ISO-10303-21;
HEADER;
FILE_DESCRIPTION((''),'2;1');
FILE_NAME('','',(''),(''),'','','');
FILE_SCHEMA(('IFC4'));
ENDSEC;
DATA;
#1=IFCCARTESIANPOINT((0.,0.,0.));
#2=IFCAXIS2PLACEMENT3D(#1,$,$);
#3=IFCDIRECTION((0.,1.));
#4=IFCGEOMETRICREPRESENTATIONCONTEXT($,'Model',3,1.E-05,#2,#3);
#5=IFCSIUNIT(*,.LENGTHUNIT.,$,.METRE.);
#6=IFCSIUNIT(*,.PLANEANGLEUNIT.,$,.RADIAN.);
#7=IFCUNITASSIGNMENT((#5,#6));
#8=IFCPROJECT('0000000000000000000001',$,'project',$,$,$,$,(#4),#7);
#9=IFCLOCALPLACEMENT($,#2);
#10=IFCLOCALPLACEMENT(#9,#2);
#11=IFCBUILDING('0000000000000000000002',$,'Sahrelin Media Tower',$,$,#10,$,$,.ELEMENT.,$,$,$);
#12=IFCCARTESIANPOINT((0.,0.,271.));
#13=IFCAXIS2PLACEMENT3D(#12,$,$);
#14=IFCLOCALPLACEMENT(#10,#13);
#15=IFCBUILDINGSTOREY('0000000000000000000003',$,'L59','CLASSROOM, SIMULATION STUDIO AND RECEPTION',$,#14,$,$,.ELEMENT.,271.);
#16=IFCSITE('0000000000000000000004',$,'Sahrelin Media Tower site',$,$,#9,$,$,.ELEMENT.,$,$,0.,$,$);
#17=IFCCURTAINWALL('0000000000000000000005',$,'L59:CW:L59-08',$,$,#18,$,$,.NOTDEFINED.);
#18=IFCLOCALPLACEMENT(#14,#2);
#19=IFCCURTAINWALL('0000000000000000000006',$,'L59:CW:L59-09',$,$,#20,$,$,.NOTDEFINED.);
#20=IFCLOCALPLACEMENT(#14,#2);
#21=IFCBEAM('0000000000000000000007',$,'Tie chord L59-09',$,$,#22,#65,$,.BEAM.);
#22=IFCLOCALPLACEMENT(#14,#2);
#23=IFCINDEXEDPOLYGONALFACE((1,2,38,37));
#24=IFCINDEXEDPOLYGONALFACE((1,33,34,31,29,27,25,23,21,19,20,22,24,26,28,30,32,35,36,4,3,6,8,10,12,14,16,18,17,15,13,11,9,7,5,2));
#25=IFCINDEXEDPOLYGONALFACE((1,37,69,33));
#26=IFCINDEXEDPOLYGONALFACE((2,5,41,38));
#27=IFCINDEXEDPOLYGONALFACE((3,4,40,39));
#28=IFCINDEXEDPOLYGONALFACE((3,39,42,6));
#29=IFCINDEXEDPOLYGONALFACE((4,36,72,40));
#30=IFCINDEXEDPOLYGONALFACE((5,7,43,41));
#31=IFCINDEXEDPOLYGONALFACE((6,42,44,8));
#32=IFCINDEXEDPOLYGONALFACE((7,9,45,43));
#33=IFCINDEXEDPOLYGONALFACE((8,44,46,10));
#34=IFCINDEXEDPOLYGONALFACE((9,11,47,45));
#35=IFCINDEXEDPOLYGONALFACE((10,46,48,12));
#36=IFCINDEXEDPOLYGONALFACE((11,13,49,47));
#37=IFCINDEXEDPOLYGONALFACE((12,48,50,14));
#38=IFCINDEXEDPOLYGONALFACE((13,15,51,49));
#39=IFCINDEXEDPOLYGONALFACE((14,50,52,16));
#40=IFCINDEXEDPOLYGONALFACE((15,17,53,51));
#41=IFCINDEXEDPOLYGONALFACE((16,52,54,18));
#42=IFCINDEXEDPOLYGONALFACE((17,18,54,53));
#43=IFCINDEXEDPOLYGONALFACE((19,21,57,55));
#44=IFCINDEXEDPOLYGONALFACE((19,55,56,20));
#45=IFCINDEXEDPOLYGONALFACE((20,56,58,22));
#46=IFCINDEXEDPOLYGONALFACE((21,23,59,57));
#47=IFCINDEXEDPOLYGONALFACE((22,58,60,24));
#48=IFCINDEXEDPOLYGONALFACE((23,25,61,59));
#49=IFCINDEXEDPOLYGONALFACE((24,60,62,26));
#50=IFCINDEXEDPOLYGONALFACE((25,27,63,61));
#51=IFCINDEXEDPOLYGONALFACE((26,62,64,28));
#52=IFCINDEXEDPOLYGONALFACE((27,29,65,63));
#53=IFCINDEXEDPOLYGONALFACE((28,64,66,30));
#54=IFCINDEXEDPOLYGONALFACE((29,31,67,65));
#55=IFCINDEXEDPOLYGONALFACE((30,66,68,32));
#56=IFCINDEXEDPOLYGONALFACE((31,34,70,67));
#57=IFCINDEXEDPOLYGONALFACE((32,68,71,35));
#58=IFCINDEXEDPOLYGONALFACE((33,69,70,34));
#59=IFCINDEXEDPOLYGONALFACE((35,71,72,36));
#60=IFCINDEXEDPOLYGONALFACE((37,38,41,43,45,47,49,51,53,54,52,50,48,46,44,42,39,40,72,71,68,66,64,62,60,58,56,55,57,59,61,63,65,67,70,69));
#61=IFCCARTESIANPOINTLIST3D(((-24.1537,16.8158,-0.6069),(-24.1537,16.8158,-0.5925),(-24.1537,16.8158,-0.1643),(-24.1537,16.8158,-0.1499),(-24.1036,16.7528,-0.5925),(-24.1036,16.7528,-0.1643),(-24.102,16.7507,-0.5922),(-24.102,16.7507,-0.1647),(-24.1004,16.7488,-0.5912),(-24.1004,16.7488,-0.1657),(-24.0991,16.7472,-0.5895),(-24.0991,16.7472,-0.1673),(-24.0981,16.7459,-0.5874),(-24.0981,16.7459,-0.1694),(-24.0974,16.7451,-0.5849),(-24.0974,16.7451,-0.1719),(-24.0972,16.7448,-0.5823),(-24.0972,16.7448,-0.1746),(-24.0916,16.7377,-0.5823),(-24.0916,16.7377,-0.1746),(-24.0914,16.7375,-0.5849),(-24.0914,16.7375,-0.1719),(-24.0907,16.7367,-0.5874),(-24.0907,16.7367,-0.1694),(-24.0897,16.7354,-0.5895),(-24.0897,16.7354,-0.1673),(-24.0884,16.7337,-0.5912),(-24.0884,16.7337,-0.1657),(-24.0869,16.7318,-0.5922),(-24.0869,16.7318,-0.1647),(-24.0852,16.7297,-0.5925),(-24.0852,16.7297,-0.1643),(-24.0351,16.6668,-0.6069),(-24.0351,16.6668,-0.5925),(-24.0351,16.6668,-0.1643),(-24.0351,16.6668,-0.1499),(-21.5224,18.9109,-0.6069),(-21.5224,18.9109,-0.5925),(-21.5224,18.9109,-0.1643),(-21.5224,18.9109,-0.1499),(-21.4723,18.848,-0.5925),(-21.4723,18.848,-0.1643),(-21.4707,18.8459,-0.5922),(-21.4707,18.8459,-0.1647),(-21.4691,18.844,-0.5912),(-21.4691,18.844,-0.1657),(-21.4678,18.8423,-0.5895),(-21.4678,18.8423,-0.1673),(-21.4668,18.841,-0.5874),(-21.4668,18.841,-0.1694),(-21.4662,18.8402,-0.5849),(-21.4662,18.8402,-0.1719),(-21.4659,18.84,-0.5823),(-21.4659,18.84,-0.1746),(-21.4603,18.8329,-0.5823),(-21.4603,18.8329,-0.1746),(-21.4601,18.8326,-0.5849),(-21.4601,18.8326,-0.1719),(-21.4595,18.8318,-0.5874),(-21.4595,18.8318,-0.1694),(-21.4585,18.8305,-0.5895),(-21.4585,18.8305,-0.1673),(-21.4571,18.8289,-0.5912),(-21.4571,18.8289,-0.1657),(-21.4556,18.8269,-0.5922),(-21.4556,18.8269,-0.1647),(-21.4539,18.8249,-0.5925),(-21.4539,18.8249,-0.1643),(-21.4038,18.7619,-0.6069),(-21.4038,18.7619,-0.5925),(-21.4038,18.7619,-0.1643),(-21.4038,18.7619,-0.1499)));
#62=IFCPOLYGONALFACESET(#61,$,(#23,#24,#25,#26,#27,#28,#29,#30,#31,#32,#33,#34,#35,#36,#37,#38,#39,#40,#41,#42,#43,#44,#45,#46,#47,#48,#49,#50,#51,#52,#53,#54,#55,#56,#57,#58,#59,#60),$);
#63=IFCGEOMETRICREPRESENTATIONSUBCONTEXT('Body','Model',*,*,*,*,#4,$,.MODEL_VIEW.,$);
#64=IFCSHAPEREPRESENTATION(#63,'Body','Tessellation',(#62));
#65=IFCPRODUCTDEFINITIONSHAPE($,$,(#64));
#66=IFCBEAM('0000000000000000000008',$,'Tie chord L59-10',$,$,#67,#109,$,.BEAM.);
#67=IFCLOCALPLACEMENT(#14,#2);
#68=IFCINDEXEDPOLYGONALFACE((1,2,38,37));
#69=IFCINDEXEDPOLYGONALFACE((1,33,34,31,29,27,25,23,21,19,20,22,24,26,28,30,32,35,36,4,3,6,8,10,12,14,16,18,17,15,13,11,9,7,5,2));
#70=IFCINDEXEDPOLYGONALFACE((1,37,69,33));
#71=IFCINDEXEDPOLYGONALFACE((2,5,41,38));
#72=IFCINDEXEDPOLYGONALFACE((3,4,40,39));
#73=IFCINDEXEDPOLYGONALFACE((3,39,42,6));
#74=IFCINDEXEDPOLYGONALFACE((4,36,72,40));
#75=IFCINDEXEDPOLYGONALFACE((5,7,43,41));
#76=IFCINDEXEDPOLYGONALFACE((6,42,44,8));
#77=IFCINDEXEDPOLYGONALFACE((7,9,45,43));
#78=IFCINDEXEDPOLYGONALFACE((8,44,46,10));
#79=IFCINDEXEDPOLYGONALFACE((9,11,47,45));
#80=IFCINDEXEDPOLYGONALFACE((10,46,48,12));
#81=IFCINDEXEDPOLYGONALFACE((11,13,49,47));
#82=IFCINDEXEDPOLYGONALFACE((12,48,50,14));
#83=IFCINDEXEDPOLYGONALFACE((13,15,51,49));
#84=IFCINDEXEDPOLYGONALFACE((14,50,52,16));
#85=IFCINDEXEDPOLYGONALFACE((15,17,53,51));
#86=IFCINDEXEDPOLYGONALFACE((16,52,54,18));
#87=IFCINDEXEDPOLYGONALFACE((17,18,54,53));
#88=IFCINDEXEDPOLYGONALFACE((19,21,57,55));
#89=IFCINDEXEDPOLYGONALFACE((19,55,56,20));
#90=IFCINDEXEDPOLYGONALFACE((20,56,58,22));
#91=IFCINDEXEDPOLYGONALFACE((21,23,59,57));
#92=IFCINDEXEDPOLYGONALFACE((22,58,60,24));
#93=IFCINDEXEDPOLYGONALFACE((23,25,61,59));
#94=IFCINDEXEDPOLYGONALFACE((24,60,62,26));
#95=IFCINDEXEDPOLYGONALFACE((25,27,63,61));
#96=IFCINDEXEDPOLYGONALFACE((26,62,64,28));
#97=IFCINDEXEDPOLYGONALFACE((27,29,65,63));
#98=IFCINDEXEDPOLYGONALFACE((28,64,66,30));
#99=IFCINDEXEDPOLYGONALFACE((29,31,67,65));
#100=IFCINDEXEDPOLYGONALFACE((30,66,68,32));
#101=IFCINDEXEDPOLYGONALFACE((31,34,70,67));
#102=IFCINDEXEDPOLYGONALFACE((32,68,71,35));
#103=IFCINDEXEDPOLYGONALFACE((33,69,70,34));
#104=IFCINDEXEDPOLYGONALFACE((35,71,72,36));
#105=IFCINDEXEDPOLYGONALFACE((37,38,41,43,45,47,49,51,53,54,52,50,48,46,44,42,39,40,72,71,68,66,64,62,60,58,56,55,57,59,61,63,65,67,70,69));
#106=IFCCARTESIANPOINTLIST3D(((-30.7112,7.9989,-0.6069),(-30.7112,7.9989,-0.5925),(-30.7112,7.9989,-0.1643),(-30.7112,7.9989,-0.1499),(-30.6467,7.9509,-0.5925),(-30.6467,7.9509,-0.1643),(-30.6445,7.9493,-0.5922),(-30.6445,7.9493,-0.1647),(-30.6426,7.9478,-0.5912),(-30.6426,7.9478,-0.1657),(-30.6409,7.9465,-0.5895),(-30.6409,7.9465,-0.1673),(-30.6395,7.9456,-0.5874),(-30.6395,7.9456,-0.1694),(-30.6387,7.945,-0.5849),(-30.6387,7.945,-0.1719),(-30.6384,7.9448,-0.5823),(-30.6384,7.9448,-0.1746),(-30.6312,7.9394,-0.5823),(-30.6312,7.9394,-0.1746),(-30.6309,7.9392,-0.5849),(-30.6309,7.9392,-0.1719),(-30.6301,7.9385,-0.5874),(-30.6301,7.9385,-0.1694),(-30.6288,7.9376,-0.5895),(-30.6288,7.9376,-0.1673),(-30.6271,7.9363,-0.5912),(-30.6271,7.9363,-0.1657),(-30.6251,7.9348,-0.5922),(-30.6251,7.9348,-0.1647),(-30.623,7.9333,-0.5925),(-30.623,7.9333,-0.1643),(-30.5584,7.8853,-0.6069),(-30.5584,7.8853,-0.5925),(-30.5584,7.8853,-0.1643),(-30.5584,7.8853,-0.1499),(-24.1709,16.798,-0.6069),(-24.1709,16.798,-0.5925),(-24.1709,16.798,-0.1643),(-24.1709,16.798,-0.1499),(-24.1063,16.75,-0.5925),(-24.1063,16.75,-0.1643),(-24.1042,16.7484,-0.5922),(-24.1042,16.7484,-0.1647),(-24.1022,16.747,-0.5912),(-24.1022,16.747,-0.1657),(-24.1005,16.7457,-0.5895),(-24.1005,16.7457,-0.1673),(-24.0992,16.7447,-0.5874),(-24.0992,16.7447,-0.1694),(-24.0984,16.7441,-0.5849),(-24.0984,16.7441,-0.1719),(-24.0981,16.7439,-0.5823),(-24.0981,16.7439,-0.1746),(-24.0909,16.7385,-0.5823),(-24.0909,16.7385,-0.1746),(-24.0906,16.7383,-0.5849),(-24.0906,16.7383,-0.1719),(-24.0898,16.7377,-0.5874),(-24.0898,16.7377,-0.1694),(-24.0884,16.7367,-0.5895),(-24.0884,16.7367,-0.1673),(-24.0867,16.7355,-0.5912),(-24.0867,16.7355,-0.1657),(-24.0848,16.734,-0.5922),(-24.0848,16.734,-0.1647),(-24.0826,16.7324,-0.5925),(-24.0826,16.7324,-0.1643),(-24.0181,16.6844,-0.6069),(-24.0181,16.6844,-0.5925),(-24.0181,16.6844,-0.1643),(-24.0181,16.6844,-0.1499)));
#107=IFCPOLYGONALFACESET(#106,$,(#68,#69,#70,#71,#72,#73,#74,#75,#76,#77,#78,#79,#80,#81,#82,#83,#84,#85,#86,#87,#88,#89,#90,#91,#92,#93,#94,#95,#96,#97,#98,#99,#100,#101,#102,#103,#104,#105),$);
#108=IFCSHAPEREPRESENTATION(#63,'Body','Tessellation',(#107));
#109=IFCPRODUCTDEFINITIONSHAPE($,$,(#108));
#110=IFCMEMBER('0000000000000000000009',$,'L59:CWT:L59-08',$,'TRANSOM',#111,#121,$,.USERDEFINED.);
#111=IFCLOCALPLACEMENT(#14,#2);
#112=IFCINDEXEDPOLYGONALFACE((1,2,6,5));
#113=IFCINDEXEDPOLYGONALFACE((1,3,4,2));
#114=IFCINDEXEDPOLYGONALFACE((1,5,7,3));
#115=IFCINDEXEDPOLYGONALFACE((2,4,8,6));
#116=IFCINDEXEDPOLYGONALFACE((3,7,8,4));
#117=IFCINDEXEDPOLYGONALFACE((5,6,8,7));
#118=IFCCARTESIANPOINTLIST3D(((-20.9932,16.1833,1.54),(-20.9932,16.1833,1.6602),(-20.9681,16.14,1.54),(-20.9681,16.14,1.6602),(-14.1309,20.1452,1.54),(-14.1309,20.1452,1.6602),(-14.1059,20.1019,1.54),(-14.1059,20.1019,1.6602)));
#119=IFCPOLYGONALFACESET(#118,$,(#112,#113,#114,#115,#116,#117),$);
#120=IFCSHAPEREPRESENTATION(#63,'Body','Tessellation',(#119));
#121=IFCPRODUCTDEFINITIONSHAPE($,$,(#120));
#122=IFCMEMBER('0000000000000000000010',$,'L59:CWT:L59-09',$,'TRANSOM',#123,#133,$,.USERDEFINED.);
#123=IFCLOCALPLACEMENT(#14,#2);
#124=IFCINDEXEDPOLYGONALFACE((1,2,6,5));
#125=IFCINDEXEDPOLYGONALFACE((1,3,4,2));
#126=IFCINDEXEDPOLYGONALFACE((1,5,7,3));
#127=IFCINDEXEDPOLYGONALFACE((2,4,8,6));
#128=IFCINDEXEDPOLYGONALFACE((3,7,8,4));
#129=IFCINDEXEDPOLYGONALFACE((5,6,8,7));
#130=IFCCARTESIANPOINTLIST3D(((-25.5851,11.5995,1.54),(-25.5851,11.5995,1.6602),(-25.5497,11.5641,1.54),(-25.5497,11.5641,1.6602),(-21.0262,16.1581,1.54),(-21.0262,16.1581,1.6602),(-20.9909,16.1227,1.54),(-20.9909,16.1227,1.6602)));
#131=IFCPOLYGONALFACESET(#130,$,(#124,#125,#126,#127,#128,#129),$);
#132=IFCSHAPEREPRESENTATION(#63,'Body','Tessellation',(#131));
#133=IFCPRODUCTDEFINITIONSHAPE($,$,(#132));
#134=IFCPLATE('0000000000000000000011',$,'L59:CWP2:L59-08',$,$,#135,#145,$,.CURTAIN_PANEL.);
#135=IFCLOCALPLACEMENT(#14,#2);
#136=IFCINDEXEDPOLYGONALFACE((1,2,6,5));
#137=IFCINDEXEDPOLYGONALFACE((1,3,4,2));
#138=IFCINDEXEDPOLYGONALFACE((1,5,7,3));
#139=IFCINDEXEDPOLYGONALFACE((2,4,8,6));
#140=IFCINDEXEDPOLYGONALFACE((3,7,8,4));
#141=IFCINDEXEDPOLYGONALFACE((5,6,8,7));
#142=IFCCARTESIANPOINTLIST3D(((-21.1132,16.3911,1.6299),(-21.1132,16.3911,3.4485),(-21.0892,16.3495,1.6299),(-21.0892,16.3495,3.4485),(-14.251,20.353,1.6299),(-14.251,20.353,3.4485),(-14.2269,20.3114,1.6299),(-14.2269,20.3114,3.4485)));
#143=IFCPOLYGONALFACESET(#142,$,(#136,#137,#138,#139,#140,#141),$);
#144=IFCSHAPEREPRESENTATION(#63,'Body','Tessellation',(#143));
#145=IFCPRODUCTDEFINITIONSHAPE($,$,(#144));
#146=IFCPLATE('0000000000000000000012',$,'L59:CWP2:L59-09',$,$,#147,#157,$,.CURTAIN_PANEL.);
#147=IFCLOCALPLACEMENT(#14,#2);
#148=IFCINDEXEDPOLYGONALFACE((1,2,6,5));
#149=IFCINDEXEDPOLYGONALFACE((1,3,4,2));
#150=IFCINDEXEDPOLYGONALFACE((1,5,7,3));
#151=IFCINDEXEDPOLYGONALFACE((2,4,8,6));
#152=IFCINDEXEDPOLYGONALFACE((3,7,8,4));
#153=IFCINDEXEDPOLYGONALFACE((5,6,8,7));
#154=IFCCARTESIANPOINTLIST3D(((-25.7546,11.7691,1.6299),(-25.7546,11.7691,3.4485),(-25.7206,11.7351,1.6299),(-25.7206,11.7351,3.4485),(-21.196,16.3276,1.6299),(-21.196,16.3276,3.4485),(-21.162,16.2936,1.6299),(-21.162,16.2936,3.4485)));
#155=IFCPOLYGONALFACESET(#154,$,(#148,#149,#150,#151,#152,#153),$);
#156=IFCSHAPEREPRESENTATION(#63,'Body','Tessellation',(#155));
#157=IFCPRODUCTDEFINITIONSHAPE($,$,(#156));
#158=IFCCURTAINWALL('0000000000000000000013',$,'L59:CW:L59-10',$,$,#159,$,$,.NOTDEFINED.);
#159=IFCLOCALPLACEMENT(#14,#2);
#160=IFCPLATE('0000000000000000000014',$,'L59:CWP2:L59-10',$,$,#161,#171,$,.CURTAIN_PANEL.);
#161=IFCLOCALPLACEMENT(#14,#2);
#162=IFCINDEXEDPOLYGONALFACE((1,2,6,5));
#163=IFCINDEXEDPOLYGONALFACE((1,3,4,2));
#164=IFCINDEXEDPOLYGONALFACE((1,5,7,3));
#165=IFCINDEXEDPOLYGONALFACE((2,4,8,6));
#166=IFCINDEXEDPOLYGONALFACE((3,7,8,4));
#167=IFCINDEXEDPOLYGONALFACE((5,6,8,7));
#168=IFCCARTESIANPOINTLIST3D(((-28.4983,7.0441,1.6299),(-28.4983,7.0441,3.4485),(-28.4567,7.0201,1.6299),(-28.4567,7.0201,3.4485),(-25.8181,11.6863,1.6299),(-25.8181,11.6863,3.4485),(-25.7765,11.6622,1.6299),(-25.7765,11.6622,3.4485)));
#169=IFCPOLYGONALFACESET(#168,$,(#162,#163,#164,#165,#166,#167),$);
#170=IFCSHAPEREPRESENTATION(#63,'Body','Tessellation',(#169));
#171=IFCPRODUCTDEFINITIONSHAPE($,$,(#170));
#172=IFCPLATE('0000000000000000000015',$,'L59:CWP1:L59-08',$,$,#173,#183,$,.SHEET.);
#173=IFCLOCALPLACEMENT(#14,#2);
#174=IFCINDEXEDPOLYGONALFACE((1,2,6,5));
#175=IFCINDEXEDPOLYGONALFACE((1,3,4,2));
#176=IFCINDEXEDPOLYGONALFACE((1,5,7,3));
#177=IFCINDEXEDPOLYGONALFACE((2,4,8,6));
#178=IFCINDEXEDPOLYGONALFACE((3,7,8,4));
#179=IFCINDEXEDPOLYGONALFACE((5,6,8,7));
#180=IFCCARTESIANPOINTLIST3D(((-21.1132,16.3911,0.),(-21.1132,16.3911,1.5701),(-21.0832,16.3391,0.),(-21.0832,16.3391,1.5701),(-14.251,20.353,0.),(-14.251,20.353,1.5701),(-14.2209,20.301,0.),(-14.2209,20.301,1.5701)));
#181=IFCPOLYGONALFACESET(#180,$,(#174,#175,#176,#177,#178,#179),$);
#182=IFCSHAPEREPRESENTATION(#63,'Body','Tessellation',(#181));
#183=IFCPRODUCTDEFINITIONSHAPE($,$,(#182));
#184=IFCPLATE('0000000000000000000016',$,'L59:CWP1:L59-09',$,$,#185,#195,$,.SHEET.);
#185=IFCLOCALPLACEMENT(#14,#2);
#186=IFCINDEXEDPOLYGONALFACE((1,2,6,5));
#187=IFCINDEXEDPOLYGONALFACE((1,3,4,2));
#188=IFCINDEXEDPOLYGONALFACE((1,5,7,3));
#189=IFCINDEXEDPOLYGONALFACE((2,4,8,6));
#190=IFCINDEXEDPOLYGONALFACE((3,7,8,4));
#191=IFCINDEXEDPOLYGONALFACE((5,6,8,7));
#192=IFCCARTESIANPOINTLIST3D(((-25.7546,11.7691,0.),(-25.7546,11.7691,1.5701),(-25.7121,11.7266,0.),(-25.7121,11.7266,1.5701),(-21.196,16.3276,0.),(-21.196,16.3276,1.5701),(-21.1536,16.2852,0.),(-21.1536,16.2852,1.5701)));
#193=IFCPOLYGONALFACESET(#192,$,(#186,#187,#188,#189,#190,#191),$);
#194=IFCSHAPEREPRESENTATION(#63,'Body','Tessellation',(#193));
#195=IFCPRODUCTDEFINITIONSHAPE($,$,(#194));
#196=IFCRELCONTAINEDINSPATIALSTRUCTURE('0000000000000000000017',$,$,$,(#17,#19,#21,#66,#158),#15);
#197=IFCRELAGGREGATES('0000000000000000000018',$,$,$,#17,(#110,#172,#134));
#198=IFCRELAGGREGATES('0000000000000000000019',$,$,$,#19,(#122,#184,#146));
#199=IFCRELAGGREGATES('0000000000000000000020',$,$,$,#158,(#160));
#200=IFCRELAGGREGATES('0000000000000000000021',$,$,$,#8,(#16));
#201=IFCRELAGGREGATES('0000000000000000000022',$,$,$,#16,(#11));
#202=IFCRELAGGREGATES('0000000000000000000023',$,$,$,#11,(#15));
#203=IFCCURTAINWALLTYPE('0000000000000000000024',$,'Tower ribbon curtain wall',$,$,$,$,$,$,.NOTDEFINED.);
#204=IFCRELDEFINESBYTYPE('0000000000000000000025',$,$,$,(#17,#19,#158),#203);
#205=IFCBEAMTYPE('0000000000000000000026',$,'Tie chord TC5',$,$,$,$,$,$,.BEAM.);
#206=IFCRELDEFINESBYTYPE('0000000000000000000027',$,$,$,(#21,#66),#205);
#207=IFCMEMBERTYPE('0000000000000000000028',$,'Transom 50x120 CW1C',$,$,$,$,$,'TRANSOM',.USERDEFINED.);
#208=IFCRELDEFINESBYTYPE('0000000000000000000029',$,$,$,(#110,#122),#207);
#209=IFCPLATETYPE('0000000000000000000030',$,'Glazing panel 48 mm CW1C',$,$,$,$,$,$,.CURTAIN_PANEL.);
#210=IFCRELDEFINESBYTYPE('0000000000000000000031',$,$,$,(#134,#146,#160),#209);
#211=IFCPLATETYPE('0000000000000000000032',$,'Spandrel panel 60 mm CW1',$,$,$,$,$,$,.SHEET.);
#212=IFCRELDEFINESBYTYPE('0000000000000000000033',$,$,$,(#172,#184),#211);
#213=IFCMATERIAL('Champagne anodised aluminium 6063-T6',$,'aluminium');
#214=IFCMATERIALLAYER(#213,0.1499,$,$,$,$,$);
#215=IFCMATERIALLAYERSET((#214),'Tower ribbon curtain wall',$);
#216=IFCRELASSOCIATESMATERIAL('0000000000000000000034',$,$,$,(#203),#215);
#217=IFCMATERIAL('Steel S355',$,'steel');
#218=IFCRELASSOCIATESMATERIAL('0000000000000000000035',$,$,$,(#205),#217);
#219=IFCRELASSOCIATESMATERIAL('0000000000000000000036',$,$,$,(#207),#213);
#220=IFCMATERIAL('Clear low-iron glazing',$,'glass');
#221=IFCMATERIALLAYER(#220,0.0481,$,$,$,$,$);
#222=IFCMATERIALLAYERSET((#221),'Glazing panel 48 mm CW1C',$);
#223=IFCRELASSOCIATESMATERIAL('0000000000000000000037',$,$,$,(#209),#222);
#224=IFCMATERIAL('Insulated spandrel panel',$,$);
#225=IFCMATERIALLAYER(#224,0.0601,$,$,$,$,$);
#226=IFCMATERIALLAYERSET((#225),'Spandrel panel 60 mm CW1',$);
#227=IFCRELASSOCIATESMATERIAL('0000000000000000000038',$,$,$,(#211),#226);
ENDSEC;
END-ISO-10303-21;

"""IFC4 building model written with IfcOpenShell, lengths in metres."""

from ifc_helpers import new_model, si_unit, direction, frame, origin, origin_2d, place, context, subcontext, project, spatial, polyline, rectangle, i_section, outline, extrude, material, layer, layer_set, material_profile, profile_set, type_object, element, aggregate, save


model = new_model("IFC4")

# Units and contexts
model_context = context("Model", 3, precision=1e-05, world=origin(), true_north=direction((0.0, 1.0)))
body_context = subcontext(model_context, "Body", "Model", "MODEL_VIEW")
ifc_project = project(units=[si_unit("LENGTHUNIT", "METRE"), si_unit("PLANEANGLEUNIT", "RADIAN")], contexts=[model_context])

# Site, building, storey
site_placement = place(None, origin())
site = spatial("IfcSite", under=ifc_project, at=site_placement, Name="Sahrelin Media Tower site", CompositionType="ELEMENT", RefElevation=0.0)
building_placement = place(site_placement, origin())
building = spatial("IfcBuilding", under=site, at=building_placement, Name="Sahrelin Media Tower", CompositionType="ELEMENT")
storey_placement = place(building_placement, frame((0.0, 0.0, 271.0)))
storey = spatial("IfcBuildingStorey", under=building, at=storey_placement, Name="L59", Description="CLASSROOM, SIMULATION STUDIO AND RECEPTION", CompositionType="ELEMENT", Elevation=271.0)

# Shared definitions
ifc_material_1 = material(Name="Steel S355", Category="steel")

# Curtain walls
ifc_material_2 = material(Name="Champagne anodised aluminium 6063-T6", Category="aluminium")
ifc_layer_1 = layer(ifc_material_2, 0.1499)
ifc_layer_set_1 = layer_set([ifc_layer_1], Name="Tower ribbon curtain wall")
curtain_wall_type = type_object("IfcCurtainWallType", Name="Tower ribbon curtain wall", PredefinedType="NOTDEFINED", material=ifc_layer_set_1)
curtain_wall_1_placement = place(storey_placement, frame((-17.6721, 18.3547, 0.0), z_axis=(0.0, 0.0, 1.0), x_axis=(1.0, 0.0, 0.0)))
curtain_wall_1 = element("IfcCurtainWall", 1, at=curtain_wall_1_placement, inside=storey, type_object=curtain_wall_type, Name="L59:CW:L59-08", PredefinedType="NOTDEFINED")
curtain_wall_2_placement = place(storey_placement, frame((-23.4612, 14.0342, 0.0), z_axis=(0.0, 0.0, 1.0), x_axis=(1.0, 0.0, 0.0)))
curtain_wall_2 = element("IfcCurtainWall", 2, at=curtain_wall_2_placement, inside=storey, type_object=curtain_wall_type, Name="L59:CW:L59-09", PredefinedType="NOTDEFINED")

# Beams
ifc_material_profile_1 = material_profile(ifc_material_1, i_section(OverallWidth=0.1904, OverallDepth=0.457, WebThickness=0.009, FlangeThickness=0.0144, FilletRadius=0.0103, at=origin_2d()), Name="UB 457x191x74")
ifc_profile_set_1 = profile_set([ifc_material_profile_1], Name="Steel S355")
beam_type_1 = type_object("IfcBeamType", Name="Tie chord TC5", PredefinedType="BEAM", material=ifc_profile_set_1)
beam_1_placement = place(storey_placement, frame((-21.4631, 18.8364, -0.3784), z_axis=(-0.782297, -0.622905, 0.0), x_axis=(0.622905, -0.782297, 0.0)))
element("IfcBeam", 3, at=beam_1_placement, inside=storey, type_object=beam_type_1, Name="Tie chord L59-09", PredefinedType="BEAM", context=body_context, shape_type="SweptSolid", body=[
    extrude(i_section(OverallWidth=0.1904, OverallDepth=0.457, WebThickness=0.009, FlangeThickness=0.0144, FilletRadius=0.0103, at=origin_2d()), origin(), (0.0, 0.0, 1.0), 3.3635),
])
beam_2_placement = place(storey_placement, frame((-24.0945, 16.7412, -0.3784), z_axis=(-0.596549, -0.802577, 0.0), x_axis=(0.802577, -0.596549, 0.0)))
element("IfcBeam", 4, at=beam_2_placement, inside=storey, type_object=beam_type_1, Name="Tie chord L59-10", PredefinedType="BEAM", context=body_context, shape_type="SweptSolid", body=[
    extrude(i_section(OverallWidth=0.1904, OverallDepth=0.457, WebThickness=0.009, FlangeThickness=0.0144, FilletRadius=0.0103, at=origin_2d()), origin(), (0.0, 0.0, 1.0), 10.9636),
])

# Members
ifc_material_profile_2 = material_profile(ifc_material_2, rectangle(XDim=0.05, YDim=0.1201, at=origin_2d()), Name="Transom 50x120")
ifc_profile_set_2 = profile_set([ifc_material_profile_2], Name="Champagne anodised aluminium 6063-T6")
member_type_1 = type_object("IfcMemberType", Name="Transom 50x120 CW1C", ElementType="TRANSOM", PredefinedType="USERDEFINED", material=ifc_profile_set_2)
member_1_placement = place(storey_placement, frame((-14.1184, 20.1235, 1.6001), z_axis=(-0.866028, -0.499996, 0.0), x_axis=(0.499996, -0.866028, 0.0)))
member_1 = element("IfcMember", 5, at=member_1_placement, type_object=member_type_1, Name="L59:CWT:L59-08", ObjectType="TRANSOM", PredefinedType="USERDEFINED", context=body_context, shape_type="SweptSolid", body=[
    extrude(rectangle(XDim=0.05, YDim=0.1201, at=origin_2d()), origin(), (0.0, 0.0, 1.0), 7.9238),
])
member_2_placement = place(storey_placement, frame((-21.0085, 16.1404, 1.6001), z_axis=(-0.707126, -0.707088, 0.0), x_axis=(0.707088, -0.707126, 0.0)))
member_2 = element("IfcMember", 6, at=member_2_placement, type_object=member_type_1, Name="L59:CWT:L59-09", ObjectType="TRANSOM", PredefinedType="USERDEFINED", context=body_context, shape_type="SweptSolid", body=[
    extrude(rectangle(XDim=0.05, YDim=0.1201, at=origin_2d()), origin(), (0.0, 0.0, 1.0), 6.447),
])

# Plates
ifc_material_3 = material(Name="Clear low-iron glazing", Category="glass")
ifc_layer_2 = layer(ifc_material_3, 0.0481)
ifc_layer_set_2 = layer_set([ifc_layer_2], Name="Glazing panel 48 mm CW1C")
plate_type_1 = type_object("IfcPlateType", Name="Glazing panel 48 mm CW1C", PredefinedType="CURTAIN_PANEL", material=ifc_layer_set_2)
plate_1_placement = place(storey_placement, frame((-14.251, 20.353, 1.6299), z_axis=(-0.499996, 0.866028, 0.0), x_axis=(-0.866028, -0.499996, 0.0)))
plate_1 = element("IfcPlate", 7, at=plate_1_placement, type_object=plate_type_1, Name="L59:CWP2:L59-08", PredefinedType="CURTAIN_PANEL", context=body_context, shape_type="SweptSolid", body=[
    extrude(outline(polyline([(0.0, 0.0), (7.9238, 0.0), (7.9238, 1.8186), (0.0, 1.8186), (0.0, 0.0)])), origin(), (0.0, 0.0, -1.0), 0.0481),
])
plate_2_placement = place(storey_placement, frame((-21.196, 16.3276, 1.6299), z_axis=(-0.707107, 0.707107, 0.0), x_axis=(-0.707107, -0.707107, 0.0)))
plate_2 = element("IfcPlate", 8, at=plate_2_placement, type_object=plate_type_1, Name="L59:CWP2:L59-09", PredefinedType="CURTAIN_PANEL", context=body_context, shape_type="SweptSolid", body=[
    extrude(outline(polyline([(0.0, 0.0), (6.4468, 0.0), (6.4468, 1.8186), (0.0, 1.8186), (0.0, 0.0)])), origin(), (0.0, 0.0, -1.0), 0.0481),
])

# Curtain wall, plate
curtain_wall_3_placement = place(storey_placement, frame((-27.1411, 9.3552, 0.0), z_axis=(0.0, 0.0, 1.0), x_axis=(1.0, 0.0, 0.0)))
curtain_wall_3 = element("IfcCurtainWall", 9, at=curtain_wall_3_placement, inside=storey, type_object=curtain_wall_type, Name="L59:CW:L59-10", PredefinedType="NOTDEFINED")
plate_3_placement = place(storey_placement, frame((-25.8181, 11.6863, 1.6299), z_axis=(-0.86602, 0.500009, 0.0), x_axis=(-0.500009, -0.86602, 0.0)))
plate_3 = element("IfcPlate", 10, at=plate_3_placement, type_object=plate_type_1, Name="L59:CWP2:L59-10", PredefinedType="CURTAIN_PANEL", context=body_context, shape_type="SweptSolid", body=[
    extrude(outline(polyline([(0.0, 0.0), (5.3604, 0.0), (5.3604, 1.8186), (0.0, 1.8186), (0.0, 0.0)])), origin(), (0.0, 0.0, -1.0), 0.0481),
])

# Plates
ifc_material_4 = material(Name="Insulated spandrel panel")
ifc_layer_3 = layer(ifc_material_4, 0.0601)
ifc_layer_set_3 = layer_set([ifc_layer_3], Name="Spandrel panel 60 mm CW1")
plate_type_2 = type_object("IfcPlateType", Name="Spandrel panel 60 mm CW1", PredefinedType="SHEET", material=ifc_layer_set_3)
plate_4_placement = place(storey_placement, frame((-14.251, 20.353, 0.0), z_axis=(-0.499996, 0.866028, 0.0), x_axis=(-0.866028, -0.499996, 0.0)))
plate_4 = element("IfcPlate", 11, at=plate_4_placement, type_object=plate_type_2, Name="L59:CWP1:L59-08", PredefinedType="SHEET", context=body_context, shape_type="SweptSolid", body=[
    extrude(outline(polyline([(0.0, 0.0), (7.9238, 0.0), (7.9238, 1.5701), (0.0, 1.5701), (0.0, 0.0)])), origin(), (0.0, 0.0, -1.0), 0.0601),
])
aggregate(curtain_wall_1, [member_1, plate_4, plate_1])
plate_5_placement = place(storey_placement, frame((-21.196, 16.3276, 0.0), z_axis=(-0.707107, 0.707107, 0.0), x_axis=(-0.707107, -0.707107, 0.0)))
plate_5 = element("IfcPlate", 12, at=plate_5_placement, type_object=plate_type_2, Name="L59:CWP1:L59-09", PredefinedType="SHEET", context=body_context, shape_type="SweptSolid", body=[
    extrude(outline(polyline([(0.0, 0.0), (6.4468, 0.0), (6.4468, 1.5701), (0.0, 1.5701), (0.0, 0.0)])), origin(), (0.0, 0.0, -1.0), 0.0601),
])
aggregate(curtain_wall_2, [member_2, plate_5, plate_2])
aggregate(curtain_wall_3, [plate_3])

save(model, "model.ifc")
